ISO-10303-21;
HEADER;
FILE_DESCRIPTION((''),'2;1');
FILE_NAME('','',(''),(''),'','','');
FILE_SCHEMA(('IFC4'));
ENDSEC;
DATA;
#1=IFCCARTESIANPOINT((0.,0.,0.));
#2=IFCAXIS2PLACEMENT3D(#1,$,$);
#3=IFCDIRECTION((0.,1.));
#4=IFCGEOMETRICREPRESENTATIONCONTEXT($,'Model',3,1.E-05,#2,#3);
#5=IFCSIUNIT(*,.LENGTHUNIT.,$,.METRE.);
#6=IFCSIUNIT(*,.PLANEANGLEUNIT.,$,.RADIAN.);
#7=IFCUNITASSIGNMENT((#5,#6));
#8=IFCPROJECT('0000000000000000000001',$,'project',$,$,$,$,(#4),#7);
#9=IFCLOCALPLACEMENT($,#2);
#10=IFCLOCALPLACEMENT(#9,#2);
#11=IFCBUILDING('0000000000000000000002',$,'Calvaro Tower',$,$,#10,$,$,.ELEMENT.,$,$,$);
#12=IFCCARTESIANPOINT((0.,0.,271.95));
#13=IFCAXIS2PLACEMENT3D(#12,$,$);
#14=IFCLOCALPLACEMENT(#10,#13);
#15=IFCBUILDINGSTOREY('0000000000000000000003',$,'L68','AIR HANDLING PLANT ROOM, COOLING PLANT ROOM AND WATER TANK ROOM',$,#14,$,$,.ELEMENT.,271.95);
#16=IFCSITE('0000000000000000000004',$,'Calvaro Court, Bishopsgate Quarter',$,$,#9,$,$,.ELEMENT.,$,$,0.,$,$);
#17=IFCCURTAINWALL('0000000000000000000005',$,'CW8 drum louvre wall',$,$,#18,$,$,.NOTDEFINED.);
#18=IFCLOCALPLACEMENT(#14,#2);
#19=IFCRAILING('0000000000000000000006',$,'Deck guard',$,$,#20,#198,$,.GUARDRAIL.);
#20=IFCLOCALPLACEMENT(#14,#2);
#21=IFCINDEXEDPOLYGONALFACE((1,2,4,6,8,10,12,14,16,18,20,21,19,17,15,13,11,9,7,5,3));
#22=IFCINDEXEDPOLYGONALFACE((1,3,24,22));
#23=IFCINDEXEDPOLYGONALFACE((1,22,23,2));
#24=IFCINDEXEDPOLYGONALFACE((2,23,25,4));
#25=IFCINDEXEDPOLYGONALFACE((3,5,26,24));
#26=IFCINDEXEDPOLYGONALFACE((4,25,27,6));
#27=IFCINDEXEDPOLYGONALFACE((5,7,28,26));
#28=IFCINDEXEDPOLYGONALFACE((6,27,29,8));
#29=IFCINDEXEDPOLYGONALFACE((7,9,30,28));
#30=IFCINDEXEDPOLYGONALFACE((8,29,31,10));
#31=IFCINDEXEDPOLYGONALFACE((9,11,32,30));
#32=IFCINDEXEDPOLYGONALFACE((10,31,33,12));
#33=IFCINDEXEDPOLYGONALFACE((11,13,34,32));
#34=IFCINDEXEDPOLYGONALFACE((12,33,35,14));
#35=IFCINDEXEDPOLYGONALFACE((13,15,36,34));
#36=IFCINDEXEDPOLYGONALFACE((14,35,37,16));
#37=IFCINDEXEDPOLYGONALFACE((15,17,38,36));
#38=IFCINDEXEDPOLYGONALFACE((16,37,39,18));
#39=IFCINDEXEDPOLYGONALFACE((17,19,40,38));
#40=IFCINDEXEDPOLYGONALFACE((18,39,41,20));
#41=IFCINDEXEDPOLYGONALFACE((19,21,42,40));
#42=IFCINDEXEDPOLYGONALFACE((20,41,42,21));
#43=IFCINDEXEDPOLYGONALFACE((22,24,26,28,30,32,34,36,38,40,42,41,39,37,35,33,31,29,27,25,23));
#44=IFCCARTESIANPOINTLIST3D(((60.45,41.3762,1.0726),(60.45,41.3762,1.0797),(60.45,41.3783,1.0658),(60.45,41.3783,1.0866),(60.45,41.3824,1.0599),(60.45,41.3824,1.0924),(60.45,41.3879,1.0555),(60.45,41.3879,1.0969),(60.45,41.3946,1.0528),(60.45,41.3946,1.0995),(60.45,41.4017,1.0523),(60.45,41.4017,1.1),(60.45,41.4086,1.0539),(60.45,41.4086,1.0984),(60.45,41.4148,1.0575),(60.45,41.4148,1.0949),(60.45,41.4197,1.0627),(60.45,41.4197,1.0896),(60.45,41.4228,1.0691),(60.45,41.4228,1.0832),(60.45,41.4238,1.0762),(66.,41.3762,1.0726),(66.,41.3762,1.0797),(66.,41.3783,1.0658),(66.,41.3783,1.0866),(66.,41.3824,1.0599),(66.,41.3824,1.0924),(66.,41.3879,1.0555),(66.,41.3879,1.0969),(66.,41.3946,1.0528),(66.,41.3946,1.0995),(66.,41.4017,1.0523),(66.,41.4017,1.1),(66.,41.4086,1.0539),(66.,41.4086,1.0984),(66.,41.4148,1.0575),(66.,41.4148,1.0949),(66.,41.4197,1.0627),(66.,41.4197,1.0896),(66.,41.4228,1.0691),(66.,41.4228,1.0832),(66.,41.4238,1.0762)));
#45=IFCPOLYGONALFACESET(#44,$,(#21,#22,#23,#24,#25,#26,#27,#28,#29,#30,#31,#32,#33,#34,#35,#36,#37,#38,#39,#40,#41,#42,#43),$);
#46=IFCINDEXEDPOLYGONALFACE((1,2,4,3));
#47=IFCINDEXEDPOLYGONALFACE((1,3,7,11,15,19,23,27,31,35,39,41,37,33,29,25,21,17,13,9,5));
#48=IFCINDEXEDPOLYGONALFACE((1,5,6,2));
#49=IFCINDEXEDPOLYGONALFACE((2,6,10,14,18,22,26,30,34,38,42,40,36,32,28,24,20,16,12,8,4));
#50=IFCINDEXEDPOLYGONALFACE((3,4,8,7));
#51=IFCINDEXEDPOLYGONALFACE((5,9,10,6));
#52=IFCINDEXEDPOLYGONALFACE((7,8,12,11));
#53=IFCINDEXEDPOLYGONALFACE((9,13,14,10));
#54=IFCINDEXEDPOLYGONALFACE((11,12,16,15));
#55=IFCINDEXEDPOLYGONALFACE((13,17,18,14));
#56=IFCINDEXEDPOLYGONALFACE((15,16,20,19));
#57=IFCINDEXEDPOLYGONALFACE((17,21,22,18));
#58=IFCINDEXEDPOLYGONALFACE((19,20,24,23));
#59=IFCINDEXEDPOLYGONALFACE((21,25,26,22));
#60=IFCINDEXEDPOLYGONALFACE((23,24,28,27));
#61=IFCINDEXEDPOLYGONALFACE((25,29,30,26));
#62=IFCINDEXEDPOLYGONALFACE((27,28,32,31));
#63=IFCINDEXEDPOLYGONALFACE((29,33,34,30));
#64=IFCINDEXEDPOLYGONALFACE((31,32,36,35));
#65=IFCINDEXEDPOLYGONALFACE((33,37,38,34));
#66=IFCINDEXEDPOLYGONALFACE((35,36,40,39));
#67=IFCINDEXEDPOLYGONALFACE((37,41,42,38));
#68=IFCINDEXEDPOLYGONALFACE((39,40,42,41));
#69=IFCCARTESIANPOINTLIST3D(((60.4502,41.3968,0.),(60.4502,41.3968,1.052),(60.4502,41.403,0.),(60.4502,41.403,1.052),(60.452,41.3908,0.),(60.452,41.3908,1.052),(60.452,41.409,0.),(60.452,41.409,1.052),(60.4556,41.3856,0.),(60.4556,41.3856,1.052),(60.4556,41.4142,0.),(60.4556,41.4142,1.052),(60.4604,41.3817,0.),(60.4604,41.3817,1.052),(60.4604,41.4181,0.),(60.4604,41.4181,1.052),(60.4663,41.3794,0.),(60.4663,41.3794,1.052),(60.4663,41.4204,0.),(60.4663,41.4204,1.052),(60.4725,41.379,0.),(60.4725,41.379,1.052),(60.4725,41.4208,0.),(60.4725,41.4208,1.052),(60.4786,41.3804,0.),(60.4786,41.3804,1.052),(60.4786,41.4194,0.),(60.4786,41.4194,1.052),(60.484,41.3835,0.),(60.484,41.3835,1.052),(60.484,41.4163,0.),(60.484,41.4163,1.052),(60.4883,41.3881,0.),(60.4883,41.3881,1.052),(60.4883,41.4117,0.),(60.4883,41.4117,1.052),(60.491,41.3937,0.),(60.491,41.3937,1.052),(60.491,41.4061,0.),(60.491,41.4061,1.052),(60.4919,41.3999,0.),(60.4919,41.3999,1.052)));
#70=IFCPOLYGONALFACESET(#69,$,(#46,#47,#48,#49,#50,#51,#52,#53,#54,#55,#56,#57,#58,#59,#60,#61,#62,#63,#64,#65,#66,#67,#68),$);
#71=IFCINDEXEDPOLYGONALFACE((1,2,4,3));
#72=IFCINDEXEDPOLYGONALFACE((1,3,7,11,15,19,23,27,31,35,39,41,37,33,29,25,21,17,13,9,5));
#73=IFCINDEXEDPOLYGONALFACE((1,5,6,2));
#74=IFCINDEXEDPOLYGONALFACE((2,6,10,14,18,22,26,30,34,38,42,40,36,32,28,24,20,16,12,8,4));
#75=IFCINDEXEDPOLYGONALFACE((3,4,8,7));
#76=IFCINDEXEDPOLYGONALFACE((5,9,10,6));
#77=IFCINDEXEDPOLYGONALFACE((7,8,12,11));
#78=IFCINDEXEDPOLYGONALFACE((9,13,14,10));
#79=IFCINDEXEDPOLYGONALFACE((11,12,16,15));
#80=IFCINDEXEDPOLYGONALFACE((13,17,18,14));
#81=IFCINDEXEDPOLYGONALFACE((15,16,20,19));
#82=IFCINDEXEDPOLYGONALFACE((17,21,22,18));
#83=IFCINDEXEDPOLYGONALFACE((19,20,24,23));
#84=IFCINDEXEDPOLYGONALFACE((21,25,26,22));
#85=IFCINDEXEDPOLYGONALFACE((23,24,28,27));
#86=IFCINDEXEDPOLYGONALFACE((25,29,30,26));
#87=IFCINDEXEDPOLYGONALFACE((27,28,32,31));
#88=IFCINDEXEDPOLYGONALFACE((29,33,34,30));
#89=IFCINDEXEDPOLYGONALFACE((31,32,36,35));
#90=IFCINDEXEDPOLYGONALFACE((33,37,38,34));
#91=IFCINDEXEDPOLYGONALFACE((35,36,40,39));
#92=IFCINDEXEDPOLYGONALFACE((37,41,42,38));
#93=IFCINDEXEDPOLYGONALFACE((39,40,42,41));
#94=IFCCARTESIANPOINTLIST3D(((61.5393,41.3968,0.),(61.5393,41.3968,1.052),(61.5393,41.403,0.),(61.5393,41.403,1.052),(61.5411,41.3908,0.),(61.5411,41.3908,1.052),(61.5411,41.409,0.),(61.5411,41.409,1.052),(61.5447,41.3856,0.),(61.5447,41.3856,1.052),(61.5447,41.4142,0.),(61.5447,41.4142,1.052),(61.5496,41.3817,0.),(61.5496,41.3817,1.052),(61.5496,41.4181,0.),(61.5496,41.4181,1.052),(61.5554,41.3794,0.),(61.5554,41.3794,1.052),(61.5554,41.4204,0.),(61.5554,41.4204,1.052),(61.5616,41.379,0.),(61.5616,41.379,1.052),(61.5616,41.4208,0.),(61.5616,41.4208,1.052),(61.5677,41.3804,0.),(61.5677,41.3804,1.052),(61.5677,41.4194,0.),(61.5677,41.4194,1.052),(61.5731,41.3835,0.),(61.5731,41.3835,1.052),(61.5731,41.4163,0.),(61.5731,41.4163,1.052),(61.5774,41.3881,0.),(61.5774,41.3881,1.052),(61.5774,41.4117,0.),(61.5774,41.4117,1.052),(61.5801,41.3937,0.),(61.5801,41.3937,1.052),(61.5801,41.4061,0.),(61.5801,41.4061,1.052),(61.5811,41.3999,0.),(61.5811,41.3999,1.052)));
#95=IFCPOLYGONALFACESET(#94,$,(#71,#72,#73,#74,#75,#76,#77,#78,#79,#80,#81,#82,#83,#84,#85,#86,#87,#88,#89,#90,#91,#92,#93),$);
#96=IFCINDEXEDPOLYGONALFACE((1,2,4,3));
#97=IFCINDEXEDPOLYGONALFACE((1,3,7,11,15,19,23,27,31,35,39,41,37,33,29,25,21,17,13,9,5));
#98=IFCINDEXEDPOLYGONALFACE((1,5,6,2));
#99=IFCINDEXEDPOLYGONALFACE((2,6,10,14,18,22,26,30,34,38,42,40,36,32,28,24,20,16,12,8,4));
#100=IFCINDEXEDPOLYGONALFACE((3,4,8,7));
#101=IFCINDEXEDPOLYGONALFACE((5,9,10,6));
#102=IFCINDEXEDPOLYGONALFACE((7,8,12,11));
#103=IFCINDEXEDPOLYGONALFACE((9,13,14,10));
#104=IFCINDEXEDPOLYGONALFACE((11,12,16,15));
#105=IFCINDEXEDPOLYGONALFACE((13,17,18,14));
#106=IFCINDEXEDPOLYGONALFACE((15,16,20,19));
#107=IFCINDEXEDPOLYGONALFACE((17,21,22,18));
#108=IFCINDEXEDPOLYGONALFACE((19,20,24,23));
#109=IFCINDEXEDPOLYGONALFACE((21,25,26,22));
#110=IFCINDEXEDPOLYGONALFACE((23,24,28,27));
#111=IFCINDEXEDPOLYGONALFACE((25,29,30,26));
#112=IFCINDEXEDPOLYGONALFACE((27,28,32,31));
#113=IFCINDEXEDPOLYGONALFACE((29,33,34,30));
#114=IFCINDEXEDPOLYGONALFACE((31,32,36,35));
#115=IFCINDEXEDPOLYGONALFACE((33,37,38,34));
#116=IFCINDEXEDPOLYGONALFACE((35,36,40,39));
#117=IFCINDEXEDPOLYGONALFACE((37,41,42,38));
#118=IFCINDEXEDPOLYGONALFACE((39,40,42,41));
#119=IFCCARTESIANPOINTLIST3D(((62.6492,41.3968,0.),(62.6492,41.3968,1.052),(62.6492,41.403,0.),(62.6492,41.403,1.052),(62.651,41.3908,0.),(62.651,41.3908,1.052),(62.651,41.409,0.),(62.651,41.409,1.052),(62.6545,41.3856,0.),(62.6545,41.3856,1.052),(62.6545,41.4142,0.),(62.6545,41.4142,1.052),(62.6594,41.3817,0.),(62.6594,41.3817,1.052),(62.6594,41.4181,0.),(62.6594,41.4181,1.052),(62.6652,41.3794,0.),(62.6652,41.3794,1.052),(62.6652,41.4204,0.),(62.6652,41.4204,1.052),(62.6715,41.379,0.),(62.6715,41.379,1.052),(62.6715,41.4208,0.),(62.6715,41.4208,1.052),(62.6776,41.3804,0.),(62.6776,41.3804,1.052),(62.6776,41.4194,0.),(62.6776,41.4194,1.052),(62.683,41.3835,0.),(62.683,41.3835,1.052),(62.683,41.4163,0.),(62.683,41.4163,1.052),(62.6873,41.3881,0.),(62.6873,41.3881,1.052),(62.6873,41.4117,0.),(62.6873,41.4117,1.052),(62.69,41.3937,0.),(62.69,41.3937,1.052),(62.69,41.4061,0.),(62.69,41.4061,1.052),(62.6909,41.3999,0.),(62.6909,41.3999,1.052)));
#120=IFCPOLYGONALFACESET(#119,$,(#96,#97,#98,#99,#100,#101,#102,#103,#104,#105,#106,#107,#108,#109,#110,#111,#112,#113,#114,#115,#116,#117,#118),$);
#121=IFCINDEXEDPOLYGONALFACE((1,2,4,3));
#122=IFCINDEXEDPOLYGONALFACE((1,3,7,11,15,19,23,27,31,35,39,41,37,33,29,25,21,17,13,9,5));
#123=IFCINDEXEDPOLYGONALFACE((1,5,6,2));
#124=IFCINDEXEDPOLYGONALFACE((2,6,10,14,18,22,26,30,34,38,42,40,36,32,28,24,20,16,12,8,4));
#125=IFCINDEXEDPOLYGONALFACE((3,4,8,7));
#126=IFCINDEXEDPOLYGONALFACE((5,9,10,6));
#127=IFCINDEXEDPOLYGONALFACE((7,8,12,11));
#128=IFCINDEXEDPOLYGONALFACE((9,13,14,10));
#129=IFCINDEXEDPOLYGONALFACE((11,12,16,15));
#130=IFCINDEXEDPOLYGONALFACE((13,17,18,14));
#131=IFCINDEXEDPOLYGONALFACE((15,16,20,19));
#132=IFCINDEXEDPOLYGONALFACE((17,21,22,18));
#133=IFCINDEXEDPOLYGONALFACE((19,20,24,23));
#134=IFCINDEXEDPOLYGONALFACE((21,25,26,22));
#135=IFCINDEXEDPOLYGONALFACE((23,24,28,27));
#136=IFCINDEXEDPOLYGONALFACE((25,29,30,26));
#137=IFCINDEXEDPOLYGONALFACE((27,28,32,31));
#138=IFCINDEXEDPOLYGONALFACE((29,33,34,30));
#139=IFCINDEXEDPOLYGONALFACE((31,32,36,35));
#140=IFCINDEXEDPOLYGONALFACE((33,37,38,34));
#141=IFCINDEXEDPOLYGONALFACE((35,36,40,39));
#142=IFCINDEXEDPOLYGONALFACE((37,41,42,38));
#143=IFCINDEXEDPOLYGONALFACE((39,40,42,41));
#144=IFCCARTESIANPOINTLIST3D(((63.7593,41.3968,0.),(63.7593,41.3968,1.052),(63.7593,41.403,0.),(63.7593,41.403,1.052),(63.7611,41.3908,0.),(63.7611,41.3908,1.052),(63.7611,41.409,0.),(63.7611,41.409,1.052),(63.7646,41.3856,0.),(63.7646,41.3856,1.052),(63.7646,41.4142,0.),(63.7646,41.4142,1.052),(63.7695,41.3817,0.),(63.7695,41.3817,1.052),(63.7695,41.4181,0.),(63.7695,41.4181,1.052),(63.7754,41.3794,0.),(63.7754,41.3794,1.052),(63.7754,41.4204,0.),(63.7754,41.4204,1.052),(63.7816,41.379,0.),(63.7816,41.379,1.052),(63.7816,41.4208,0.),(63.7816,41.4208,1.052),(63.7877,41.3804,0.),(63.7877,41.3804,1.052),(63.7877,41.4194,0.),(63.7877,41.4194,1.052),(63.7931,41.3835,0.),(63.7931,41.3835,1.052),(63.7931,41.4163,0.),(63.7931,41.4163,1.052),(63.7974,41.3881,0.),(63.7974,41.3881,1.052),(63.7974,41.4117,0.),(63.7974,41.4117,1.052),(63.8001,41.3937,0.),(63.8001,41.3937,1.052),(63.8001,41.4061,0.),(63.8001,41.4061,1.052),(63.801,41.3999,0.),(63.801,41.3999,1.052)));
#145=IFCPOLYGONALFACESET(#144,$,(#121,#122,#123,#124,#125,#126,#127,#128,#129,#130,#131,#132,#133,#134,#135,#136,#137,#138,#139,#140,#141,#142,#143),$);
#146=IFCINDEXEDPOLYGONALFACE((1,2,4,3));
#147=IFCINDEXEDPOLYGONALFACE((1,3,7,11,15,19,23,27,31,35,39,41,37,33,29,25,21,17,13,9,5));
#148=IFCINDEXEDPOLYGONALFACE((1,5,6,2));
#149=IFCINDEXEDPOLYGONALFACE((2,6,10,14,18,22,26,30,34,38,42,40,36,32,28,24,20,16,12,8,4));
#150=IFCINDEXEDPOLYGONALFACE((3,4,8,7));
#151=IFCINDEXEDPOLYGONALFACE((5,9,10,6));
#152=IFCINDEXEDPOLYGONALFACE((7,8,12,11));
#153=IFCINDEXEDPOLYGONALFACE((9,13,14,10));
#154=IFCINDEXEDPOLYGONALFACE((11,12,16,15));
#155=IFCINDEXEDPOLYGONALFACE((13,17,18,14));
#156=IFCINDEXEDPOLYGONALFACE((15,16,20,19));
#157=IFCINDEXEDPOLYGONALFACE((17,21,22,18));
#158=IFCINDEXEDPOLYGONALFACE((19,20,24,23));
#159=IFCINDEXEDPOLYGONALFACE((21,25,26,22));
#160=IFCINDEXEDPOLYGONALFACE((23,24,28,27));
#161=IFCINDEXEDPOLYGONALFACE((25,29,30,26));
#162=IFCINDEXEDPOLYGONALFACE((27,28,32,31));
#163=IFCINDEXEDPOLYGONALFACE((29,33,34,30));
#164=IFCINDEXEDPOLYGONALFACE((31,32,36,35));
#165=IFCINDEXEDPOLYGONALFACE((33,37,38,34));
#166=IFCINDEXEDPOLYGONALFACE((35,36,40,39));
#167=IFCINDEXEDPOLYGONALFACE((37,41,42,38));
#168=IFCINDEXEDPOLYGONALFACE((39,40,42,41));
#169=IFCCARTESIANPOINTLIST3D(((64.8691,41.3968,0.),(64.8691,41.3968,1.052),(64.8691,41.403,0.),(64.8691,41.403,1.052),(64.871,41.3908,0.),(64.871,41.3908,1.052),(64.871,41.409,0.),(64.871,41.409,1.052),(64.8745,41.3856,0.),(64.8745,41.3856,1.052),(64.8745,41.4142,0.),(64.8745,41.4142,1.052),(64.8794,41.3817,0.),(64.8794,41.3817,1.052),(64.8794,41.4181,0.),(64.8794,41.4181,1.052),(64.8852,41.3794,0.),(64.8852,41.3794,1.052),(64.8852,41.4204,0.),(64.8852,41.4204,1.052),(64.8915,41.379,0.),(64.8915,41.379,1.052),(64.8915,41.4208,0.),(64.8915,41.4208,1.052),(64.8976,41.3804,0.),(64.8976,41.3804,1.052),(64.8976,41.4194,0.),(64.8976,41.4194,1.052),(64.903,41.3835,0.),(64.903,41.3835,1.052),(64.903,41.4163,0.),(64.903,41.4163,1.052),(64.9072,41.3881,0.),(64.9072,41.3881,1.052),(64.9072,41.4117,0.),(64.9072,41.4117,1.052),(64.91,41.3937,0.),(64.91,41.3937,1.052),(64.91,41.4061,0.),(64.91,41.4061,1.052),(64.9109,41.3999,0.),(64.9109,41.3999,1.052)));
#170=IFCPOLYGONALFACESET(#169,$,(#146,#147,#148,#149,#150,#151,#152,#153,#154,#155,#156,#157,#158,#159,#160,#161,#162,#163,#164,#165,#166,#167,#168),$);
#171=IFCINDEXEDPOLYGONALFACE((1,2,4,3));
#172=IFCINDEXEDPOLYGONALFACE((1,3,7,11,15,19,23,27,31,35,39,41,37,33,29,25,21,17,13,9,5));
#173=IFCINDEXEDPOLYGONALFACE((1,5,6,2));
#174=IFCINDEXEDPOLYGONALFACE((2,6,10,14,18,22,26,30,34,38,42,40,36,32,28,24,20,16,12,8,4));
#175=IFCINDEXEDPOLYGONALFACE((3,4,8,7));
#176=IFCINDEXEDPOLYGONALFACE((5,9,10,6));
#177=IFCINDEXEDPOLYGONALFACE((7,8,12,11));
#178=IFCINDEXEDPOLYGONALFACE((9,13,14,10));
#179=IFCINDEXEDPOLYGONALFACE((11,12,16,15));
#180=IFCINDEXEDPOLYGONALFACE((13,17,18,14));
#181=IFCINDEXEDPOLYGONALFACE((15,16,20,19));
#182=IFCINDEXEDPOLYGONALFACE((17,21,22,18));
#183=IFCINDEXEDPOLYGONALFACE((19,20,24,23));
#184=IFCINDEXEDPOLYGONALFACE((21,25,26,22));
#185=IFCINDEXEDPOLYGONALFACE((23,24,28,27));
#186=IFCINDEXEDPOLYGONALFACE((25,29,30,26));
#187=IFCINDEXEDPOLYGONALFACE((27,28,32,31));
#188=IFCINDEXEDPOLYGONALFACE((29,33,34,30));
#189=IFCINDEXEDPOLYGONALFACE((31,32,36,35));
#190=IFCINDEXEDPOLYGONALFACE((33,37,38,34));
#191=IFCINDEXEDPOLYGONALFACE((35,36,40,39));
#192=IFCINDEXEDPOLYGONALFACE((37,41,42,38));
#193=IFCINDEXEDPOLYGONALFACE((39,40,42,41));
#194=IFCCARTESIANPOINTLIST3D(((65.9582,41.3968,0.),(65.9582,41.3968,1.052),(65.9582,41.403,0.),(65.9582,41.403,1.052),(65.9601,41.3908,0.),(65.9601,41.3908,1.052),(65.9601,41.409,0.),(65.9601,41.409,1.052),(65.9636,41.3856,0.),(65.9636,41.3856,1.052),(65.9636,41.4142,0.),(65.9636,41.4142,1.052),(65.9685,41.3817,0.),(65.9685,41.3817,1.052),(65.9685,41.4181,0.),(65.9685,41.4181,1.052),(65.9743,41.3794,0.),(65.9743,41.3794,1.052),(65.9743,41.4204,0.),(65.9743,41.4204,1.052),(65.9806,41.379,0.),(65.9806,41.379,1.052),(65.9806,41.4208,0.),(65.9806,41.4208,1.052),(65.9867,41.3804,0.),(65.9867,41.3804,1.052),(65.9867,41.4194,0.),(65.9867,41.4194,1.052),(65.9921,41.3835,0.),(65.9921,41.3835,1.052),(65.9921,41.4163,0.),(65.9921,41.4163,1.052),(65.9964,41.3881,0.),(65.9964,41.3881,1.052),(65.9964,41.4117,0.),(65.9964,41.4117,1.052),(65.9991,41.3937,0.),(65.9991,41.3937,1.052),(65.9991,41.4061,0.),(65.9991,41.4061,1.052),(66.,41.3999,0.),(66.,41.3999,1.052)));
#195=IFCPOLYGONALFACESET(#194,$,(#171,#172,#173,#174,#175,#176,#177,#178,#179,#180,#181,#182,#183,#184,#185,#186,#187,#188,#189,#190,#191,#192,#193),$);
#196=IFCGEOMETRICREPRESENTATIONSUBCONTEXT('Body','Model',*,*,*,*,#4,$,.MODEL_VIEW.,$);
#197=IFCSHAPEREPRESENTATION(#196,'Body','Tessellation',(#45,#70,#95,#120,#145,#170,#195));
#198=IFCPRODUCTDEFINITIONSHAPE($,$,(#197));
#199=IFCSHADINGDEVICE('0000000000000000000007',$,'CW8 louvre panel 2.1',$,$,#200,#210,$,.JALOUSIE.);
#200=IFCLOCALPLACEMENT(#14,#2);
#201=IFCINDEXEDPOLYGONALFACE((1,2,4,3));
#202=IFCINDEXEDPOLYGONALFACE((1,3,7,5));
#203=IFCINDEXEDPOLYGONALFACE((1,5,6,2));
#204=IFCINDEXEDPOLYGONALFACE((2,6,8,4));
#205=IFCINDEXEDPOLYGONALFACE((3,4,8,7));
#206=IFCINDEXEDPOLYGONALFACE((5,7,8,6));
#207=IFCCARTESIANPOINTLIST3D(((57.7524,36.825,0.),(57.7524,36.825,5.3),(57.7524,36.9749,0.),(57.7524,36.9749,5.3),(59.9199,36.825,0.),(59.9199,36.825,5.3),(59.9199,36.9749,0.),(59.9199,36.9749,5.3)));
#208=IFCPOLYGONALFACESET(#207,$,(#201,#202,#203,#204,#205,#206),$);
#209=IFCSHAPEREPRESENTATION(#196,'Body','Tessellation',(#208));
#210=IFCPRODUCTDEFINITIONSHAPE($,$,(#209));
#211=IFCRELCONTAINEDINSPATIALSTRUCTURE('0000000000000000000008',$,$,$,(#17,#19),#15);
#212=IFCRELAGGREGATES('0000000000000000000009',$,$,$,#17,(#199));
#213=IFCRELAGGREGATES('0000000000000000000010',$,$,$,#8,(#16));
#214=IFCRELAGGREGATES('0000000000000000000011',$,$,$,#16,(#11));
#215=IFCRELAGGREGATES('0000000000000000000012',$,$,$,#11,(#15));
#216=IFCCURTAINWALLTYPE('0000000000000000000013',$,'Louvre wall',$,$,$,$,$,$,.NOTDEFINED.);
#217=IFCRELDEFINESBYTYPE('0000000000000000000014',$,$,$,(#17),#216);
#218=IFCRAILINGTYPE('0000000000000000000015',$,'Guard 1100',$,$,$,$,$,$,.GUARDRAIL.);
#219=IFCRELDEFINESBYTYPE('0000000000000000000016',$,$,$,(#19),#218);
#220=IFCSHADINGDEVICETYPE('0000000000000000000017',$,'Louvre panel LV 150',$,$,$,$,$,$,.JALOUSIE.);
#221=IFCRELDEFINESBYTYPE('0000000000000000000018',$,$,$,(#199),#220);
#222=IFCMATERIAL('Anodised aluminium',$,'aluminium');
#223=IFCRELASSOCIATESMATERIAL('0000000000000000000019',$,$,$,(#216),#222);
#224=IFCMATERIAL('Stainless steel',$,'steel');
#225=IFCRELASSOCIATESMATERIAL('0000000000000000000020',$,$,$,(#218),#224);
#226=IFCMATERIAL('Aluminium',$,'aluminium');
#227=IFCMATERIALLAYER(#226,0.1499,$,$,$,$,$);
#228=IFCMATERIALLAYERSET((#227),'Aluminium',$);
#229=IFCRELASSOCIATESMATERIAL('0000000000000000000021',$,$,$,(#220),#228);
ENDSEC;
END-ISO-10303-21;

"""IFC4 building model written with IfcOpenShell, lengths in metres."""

from ifc_helpers import new_model, si_unit, direction, frame, origin, origin_2d, place, context, subcontext, project, spatial, rectangle, circle, extrude, material, layer, layer_set, type_object, element, aggregate, save


model = new_model("IFC4")

# Units and contexts
model_context = context("Model", 3, precision=1e-05, world=origin(), true_north=direction((0.0, 1.0)))
body_context = subcontext(model_context, "Body", "Model", "MODEL_VIEW")
ifc_project = project(units=[si_unit("LENGTHUNIT", "METRE"), si_unit("PLANEANGLEUNIT", "RADIAN")], contexts=[model_context])

# Site, building, storey
site_placement = place(None, origin())
site = spatial("IfcSite", under=ifc_project, at=site_placement, Name="Calvaro Court, Bishopsgate Quarter", CompositionType="ELEMENT", RefElevation=0.0)
building_placement = place(site_placement, origin())
building = spatial("IfcBuilding", under=site, at=building_placement, Name="Calvaro Tower", CompositionType="ELEMENT")
storey_placement = place(building_placement, frame((0.0, 0.0, 271.95)))
storey = spatial("IfcBuildingStorey", under=building, at=storey_placement, Name="L68", Description="AIR HANDLING PLANT ROOM, COOLING PLANT ROOM AND WATER TANK ROOM", CompositionType="ELEMENT", Elevation=271.95)

# Curtain wall
ifc_material_1 = material(Name="Anodised aluminium", Category="aluminium")
curtain_wall_type = type_object("IfcCurtainWallType", Name="Louvre wall", PredefinedType="NOTDEFINED", material=ifc_material_1)
curtain_wall_1_placement = place(storey_placement, origin())
curtain_wall_1 = element("IfcCurtainWall", 1, at=curtain_wall_1_placement, inside=storey, type_object=curtain_wall_type, Name="CW8 drum louvre wall", PredefinedType="NOTDEFINED")

# Railing
ifc_material_2 = material(Name="Stainless steel", Category="steel")
railing_type_1 = type_object("IfcRailingType", Name="Guard 1100", PredefinedType="GUARDRAIL", material=ifc_material_2)
railing_1_placement = place(storey_placement, frame((60.45, 41.3999, 0.0)))
element("IfcRailing", 2, at=railing_1_placement, inside=storey, type_object=railing_type_1, Name="Deck guard", PredefinedType="GUARDRAIL", context=body_context, shape_type="SweptSolid", body=[
    extrude(circle(Radius=0.0239, at=origin_2d()), frame((0.0, 0.0, 1.0762), z_axis=(1.0, 0.0, 0.0), x_axis=(0.0, 1.0, 0.0)), (0.0, 0.0, 1.0), 5.55),
    extrude(circle(Radius=0.021, at=origin_2d()), frame((0.021, 0.0, 0.0)), (0.0, 0.0, 1.0), 1.052),
    extrude(circle(Radius=0.021, at=origin_2d()), frame((1.1101, 0.0, 0.0)), (0.0, 0.0, 1.0), 1.052),
    extrude(circle(Radius=0.021, at=origin_2d()), frame((2.22, 0.0, 0.0)), (0.0, 0.0, 1.0), 1.052),
    extrude(circle(Radius=0.021, at=origin_2d()), frame((3.3301, 0.0, 0.0)), (0.0, 0.0, 1.0), 1.052),
    extrude(circle(Radius=0.021, at=origin_2d()), frame((4.4399, 0.0, 0.0)), (0.0, 0.0, 1.0), 1.052),
    extrude(circle(Radius=0.021, at=origin_2d()), frame((5.5291, 0.0, 0.0)), (0.0, 0.0, 1.0), 1.052),
])

# Shading device
ifc_material_3 = material(Name="Aluminium", Category="aluminium")
ifc_layer_1 = layer(ifc_material_3, 0.1499)
ifc_layer_set_1 = layer_set([ifc_layer_1], Name="Aluminium")
shading_device_type = type_object("IfcShadingDeviceType", Name="Louvre panel LV 150", PredefinedType="JALOUSIE", material=ifc_layer_set_1)
shading_device_1_placement = place(storey_placement, frame((58.8362, 36.8999, 0.0), z_axis=(0.0, 0.0, 1.0), x_axis=(1.0, 0.0, 0.0)))
shading_device_1 = element("IfcShadingDevice", 3, at=shading_device_1_placement, type_object=shading_device_type, Name="CW8 louvre panel 2.1", PredefinedType="JALOUSIE", context=body_context, shape_type="SweptSolid", body=[
    extrude(rectangle(XDim=2.1675, YDim=0.1499, at=origin_2d()), origin(), (0.0, 0.0, 1.0), 5.3),
])
aggregate(curtain_wall_1, [shading_device_1])

save(model, "model.ifc")
